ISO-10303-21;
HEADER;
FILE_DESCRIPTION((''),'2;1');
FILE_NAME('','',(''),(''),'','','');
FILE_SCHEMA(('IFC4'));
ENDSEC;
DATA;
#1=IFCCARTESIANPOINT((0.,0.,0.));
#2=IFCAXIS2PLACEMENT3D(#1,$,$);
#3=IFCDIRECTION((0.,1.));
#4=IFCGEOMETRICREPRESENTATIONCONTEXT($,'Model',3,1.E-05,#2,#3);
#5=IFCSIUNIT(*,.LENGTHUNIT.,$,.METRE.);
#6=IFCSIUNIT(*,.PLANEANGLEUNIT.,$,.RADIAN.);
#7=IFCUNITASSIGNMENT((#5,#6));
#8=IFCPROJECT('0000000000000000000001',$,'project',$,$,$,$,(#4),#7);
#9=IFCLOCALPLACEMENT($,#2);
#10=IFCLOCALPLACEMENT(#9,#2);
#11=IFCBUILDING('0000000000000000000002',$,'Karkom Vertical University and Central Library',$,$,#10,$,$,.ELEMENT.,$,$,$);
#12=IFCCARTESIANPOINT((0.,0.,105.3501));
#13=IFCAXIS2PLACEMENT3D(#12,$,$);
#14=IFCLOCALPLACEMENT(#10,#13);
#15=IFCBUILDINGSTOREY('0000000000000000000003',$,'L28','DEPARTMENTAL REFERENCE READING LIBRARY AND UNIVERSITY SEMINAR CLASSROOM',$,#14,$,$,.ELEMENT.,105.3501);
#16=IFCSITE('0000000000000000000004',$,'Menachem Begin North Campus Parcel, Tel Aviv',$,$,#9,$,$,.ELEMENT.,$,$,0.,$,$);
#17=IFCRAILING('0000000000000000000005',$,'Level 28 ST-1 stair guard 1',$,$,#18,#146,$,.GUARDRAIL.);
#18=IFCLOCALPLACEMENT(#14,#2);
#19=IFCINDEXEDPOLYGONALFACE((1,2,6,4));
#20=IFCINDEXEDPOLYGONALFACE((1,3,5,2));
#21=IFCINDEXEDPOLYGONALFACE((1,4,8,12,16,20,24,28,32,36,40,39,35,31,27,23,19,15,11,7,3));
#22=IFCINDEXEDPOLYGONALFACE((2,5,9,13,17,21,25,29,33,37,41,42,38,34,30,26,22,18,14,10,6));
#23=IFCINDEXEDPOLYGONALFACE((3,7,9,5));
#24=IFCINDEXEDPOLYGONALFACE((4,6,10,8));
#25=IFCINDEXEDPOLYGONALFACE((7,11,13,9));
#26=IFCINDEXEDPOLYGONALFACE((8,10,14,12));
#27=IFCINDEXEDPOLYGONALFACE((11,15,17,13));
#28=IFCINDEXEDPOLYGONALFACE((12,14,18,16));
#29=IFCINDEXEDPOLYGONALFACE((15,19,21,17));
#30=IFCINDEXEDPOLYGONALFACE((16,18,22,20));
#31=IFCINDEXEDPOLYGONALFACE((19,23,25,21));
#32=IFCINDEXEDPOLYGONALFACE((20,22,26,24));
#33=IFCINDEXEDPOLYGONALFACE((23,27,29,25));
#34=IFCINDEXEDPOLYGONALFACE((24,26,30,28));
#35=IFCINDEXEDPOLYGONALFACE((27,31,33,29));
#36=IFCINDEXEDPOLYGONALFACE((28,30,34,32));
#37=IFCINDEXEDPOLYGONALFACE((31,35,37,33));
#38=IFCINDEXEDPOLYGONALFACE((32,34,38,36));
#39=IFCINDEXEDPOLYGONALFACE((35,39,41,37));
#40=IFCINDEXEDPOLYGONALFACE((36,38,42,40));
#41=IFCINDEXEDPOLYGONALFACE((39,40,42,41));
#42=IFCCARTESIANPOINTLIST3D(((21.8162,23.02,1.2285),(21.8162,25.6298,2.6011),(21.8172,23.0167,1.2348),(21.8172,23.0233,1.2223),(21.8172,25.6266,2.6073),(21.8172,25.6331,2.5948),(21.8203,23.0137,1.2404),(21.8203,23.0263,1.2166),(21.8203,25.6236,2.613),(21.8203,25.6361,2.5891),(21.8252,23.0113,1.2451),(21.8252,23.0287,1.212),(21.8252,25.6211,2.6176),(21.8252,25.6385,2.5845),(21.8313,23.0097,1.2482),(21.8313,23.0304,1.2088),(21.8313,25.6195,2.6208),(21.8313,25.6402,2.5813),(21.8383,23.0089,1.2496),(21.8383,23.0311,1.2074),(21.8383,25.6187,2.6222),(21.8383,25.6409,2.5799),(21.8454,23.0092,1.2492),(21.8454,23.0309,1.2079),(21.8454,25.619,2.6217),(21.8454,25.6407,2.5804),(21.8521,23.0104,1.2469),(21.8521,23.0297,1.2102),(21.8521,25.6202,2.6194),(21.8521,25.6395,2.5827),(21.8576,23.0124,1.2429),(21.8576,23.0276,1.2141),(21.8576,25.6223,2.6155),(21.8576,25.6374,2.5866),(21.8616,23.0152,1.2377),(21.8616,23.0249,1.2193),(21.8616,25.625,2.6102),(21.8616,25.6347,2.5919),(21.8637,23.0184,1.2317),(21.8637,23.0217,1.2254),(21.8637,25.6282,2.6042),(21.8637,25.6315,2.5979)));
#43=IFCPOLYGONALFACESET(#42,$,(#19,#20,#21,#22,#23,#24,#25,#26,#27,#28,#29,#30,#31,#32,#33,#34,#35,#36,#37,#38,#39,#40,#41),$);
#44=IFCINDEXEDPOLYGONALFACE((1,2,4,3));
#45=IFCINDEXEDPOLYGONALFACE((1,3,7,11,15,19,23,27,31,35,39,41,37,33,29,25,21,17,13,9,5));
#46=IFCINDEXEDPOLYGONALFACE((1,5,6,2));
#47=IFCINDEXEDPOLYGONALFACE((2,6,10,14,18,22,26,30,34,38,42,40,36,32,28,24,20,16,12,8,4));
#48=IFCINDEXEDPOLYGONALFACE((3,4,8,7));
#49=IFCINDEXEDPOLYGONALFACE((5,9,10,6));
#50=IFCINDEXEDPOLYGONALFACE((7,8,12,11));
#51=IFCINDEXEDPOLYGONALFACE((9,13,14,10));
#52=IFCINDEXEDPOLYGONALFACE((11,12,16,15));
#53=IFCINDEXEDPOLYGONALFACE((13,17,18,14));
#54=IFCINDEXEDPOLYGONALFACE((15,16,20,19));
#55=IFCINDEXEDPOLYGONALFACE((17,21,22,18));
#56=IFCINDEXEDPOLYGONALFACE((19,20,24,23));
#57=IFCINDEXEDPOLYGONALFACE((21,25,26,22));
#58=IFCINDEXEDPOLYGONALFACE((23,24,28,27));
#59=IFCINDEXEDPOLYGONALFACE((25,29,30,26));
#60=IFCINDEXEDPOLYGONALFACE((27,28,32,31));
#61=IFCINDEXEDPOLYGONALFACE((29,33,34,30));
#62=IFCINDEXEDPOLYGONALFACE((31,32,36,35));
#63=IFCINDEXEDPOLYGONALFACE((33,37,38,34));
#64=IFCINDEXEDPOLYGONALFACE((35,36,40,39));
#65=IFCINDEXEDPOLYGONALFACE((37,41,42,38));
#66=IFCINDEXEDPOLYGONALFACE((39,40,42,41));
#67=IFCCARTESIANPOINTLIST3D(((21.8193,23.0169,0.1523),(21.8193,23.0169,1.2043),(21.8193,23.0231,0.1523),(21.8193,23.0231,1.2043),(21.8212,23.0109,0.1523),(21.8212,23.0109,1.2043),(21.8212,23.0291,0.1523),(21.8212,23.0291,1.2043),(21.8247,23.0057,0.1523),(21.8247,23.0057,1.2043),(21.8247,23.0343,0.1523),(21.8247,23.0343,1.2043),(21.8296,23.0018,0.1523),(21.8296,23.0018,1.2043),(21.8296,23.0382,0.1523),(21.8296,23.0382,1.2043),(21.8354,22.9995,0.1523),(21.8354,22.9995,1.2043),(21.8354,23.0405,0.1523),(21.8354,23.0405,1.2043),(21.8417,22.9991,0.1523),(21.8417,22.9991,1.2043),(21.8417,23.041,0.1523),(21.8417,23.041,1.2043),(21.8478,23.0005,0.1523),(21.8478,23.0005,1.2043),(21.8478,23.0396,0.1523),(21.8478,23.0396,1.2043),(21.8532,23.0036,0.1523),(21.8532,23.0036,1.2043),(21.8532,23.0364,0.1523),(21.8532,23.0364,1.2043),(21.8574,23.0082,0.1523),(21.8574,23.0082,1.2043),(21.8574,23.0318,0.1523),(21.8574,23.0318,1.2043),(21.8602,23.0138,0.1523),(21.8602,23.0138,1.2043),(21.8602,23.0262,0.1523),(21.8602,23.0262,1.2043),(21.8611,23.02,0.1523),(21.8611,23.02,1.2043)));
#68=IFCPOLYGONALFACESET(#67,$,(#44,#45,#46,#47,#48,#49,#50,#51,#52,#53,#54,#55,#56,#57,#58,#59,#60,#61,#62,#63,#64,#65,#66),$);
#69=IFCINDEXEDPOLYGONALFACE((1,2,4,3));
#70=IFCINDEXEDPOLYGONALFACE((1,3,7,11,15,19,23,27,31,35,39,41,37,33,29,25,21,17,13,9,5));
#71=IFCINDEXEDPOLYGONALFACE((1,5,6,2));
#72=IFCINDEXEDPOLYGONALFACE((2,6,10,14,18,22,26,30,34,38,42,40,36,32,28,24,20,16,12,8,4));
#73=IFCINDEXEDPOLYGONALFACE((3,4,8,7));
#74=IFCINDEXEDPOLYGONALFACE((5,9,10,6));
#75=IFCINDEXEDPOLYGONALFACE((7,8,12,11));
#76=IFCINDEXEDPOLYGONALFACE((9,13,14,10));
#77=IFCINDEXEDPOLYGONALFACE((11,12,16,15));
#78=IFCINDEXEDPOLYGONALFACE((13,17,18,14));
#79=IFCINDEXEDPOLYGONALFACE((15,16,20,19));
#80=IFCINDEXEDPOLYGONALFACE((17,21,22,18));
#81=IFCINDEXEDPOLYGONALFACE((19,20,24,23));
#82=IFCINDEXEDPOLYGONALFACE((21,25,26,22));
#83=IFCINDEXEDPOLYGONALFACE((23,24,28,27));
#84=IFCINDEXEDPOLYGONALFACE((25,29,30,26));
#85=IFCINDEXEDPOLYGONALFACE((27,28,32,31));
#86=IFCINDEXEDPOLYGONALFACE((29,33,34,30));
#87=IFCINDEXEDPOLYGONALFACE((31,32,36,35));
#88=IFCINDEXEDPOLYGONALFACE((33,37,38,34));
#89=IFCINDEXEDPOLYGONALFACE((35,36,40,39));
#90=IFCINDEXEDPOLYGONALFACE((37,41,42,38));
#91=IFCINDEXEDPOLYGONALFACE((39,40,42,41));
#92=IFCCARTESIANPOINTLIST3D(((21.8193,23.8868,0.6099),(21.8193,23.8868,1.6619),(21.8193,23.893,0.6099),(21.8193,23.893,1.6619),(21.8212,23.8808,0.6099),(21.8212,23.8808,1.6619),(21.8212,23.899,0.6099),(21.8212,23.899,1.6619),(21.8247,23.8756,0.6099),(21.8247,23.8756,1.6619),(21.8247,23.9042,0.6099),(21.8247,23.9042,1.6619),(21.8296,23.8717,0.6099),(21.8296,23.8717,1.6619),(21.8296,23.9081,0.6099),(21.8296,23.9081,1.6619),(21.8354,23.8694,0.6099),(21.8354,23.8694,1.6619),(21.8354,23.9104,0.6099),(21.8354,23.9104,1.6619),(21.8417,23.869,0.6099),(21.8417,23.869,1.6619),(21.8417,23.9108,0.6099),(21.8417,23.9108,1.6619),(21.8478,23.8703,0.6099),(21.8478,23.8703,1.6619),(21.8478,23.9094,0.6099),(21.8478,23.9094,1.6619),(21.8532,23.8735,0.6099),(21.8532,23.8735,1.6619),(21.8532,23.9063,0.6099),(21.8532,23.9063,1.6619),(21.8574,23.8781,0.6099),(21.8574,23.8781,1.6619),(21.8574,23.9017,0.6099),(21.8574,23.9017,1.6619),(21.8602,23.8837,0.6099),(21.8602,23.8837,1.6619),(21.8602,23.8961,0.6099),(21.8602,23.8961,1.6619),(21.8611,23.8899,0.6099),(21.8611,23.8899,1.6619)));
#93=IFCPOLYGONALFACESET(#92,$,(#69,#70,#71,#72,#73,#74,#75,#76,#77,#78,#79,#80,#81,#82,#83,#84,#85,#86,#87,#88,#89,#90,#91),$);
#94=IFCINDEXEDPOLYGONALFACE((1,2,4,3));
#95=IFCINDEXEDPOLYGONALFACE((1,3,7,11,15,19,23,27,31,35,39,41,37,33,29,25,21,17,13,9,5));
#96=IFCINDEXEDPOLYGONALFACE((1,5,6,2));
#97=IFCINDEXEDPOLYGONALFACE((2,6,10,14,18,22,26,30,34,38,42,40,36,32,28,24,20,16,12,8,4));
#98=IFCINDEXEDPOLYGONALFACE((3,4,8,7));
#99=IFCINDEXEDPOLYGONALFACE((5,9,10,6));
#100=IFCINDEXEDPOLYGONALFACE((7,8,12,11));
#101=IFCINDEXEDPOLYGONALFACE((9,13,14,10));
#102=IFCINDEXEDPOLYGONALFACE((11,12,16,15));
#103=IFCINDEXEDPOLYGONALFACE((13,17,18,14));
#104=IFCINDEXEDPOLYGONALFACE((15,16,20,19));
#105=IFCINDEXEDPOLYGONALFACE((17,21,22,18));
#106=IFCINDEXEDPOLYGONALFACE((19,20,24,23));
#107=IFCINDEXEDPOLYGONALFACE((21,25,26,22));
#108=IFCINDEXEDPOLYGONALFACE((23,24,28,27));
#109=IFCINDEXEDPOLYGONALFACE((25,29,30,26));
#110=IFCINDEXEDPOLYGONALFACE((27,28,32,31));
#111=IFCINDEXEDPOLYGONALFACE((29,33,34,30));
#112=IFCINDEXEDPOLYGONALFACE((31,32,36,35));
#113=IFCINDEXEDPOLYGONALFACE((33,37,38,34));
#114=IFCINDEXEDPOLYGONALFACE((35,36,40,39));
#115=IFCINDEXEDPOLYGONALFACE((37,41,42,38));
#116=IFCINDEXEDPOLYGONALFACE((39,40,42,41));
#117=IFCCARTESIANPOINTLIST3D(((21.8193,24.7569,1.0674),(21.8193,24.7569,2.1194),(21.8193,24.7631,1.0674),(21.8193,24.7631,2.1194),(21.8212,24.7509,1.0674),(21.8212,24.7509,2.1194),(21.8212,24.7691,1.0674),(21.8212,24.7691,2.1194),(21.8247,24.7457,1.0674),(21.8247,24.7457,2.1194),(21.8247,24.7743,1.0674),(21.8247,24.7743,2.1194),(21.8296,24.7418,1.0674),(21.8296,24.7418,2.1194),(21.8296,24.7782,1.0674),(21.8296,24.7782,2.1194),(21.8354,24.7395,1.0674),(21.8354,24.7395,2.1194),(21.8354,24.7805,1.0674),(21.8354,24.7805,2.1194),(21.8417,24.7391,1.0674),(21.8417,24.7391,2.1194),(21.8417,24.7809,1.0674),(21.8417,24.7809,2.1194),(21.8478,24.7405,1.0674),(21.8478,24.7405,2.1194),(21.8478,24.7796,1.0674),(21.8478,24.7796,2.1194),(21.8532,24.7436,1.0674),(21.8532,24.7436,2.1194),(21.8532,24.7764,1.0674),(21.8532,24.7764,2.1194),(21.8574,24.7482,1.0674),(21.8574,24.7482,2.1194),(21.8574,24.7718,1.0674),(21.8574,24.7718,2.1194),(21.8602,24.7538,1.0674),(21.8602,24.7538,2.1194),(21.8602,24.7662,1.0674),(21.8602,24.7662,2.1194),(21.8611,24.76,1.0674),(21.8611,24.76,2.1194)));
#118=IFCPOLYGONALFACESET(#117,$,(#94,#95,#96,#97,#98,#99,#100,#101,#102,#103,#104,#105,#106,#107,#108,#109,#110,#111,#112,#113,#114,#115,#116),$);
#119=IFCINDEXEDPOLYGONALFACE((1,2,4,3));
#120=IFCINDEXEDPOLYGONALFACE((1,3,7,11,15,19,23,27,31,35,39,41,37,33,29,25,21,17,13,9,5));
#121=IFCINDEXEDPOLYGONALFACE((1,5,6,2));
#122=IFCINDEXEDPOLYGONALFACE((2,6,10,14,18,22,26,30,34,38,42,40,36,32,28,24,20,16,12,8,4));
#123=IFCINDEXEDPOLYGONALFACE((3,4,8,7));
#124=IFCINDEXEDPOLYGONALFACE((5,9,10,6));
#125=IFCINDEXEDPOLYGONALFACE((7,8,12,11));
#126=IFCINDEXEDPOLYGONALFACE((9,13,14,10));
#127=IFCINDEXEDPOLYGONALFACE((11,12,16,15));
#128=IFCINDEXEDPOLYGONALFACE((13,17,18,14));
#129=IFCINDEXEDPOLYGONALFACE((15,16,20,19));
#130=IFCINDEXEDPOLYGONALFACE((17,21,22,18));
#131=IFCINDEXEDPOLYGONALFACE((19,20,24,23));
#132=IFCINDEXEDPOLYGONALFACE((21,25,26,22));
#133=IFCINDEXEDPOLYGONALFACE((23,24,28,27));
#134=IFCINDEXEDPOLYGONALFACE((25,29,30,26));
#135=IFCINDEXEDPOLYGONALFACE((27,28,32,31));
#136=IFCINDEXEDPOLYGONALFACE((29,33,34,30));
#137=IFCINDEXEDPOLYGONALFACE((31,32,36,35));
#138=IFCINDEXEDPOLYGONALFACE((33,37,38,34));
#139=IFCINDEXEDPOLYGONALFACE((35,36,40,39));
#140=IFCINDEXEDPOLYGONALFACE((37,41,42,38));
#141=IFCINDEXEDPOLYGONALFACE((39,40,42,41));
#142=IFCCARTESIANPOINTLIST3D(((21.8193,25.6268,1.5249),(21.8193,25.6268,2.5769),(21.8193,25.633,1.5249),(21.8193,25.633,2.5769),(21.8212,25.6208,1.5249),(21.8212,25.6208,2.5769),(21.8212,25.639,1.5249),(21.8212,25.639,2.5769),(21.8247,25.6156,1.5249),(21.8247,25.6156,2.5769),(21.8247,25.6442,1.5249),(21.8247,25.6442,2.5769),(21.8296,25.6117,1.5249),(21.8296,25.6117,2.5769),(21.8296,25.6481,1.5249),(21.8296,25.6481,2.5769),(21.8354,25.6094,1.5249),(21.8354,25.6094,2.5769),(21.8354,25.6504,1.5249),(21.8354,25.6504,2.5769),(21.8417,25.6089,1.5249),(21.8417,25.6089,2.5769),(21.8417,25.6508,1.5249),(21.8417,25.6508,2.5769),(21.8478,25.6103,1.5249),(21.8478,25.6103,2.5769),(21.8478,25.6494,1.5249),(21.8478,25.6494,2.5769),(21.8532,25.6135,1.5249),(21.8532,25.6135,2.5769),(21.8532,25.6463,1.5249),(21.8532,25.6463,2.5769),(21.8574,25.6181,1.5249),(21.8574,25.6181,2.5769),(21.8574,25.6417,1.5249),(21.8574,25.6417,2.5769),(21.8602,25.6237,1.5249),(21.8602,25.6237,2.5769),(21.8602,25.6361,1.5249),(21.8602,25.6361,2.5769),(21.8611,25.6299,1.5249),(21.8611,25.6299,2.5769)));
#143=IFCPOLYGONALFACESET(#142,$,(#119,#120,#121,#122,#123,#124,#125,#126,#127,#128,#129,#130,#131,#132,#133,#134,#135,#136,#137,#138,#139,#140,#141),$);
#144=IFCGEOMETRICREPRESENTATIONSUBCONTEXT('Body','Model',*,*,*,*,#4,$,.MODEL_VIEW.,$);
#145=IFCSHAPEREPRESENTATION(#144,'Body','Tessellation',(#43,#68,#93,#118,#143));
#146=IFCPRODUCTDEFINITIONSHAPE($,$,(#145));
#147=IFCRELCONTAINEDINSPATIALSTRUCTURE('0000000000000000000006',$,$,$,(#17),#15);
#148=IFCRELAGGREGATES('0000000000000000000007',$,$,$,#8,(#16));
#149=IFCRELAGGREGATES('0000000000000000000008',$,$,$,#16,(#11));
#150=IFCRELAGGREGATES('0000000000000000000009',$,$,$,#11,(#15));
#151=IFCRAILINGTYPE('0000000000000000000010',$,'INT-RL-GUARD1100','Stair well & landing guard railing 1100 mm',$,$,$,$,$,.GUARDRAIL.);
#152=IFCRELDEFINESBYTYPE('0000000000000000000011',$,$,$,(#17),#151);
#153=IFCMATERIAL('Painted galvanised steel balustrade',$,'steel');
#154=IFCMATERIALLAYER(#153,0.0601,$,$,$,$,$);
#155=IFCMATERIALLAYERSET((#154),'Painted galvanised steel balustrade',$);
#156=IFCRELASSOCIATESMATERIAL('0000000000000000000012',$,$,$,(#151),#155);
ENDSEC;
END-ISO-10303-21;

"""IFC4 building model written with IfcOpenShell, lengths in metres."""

from ifc_helpers import new_model, si_unit, direction, frame, origin, origin_2d, place, context, subcontext, project, spatial, circle, extrude, material, layer, layer_set, type_object, element, save


model = new_model("IFC4")

# Units and contexts
model_context = context("Model", 3, precision=1e-05, world=origin(), true_north=direction((0.0, 1.0)))
body_context = subcontext(model_context, "Body", "Model", "MODEL_VIEW")
ifc_project = project(units=[si_unit("LENGTHUNIT", "METRE"), si_unit("PLANEANGLEUNIT", "RADIAN")], contexts=[model_context])

# Site, building, storey
site_placement = place(None, origin())
site = spatial("IfcSite", under=ifc_project, at=site_placement, Name="Menachem Begin North Campus Parcel, Tel Aviv", CompositionType="ELEMENT", RefElevation=0.0)
building_placement = place(site_placement, origin())
building = spatial("IfcBuilding", under=site, at=building_placement, Name="Karkom Vertical University and Central Library", CompositionType="ELEMENT")
storey_placement = place(building_placement, frame((0.0, 0.0, 105.3501)))
storey = spatial("IfcBuildingStorey", under=building, at=storey_placement, Name="L28", Description="DEPARTMENTAL REFERENCE READING LIBRARY AND UNIVERSITY SEMINAR CLASSROOM", CompositionType="ELEMENT", Elevation=105.3501)

# Railing
ifc_material_1 = material(Name="Painted galvanised steel balustrade", Category="steel")
ifc_layer_1 = layer(ifc_material_1, 0.0601)
ifc_layer_set_1 = layer_set([ifc_layer_1], Name="Painted galvanised steel balustrade")
railing_type_1 = type_object("IfcRailingType", Name="INT-RL-GUARD1100", Description="Stair well & landing guard railing 1100 mm", PredefinedType="GUARDRAIL", material=ifc_layer_set_1)
railing_1_placement = place(storey_placement, frame((21.8401, 23.02, 0.1523)))
element("IfcRailing", 1, at=railing_1_placement, inside=storey, type_object=railing_type_1, Name="Level 28 ST-1 stair guard 1", PredefinedType="GUARDRAIL", context=body_context, shape_type="SweptSolid", body=[
    extrude(circle(Radius=0.0239, at=origin_2d()), frame((0.0, 0.0, 1.0762), z_axis=(0.0, 0.885065, 0.465467), x_axis=(-1.0, 0.0, 0.0)), (0.0, 0.0, 1.0), 2.9487),
    extrude(circle(Radius=0.021, at=origin_2d()), origin(), (0.0, 0.0, 1.0), 1.052),
    extrude(circle(Radius=0.021, at=origin_2d()), frame((0.0, 0.8699, 0.4575)), (0.0, 0.0, 1.0), 1.052),
    extrude(circle(Radius=0.021, at=origin_2d()), frame((0.0, 1.74, 0.915)), (0.0, 0.0, 1.0), 1.052),
    extrude(circle(Radius=0.021, at=origin_2d()), frame((0.0, 2.6099, 1.3726)), (0.0, 0.0, 1.0), 1.052),
])

save(model, "model.ifc")
